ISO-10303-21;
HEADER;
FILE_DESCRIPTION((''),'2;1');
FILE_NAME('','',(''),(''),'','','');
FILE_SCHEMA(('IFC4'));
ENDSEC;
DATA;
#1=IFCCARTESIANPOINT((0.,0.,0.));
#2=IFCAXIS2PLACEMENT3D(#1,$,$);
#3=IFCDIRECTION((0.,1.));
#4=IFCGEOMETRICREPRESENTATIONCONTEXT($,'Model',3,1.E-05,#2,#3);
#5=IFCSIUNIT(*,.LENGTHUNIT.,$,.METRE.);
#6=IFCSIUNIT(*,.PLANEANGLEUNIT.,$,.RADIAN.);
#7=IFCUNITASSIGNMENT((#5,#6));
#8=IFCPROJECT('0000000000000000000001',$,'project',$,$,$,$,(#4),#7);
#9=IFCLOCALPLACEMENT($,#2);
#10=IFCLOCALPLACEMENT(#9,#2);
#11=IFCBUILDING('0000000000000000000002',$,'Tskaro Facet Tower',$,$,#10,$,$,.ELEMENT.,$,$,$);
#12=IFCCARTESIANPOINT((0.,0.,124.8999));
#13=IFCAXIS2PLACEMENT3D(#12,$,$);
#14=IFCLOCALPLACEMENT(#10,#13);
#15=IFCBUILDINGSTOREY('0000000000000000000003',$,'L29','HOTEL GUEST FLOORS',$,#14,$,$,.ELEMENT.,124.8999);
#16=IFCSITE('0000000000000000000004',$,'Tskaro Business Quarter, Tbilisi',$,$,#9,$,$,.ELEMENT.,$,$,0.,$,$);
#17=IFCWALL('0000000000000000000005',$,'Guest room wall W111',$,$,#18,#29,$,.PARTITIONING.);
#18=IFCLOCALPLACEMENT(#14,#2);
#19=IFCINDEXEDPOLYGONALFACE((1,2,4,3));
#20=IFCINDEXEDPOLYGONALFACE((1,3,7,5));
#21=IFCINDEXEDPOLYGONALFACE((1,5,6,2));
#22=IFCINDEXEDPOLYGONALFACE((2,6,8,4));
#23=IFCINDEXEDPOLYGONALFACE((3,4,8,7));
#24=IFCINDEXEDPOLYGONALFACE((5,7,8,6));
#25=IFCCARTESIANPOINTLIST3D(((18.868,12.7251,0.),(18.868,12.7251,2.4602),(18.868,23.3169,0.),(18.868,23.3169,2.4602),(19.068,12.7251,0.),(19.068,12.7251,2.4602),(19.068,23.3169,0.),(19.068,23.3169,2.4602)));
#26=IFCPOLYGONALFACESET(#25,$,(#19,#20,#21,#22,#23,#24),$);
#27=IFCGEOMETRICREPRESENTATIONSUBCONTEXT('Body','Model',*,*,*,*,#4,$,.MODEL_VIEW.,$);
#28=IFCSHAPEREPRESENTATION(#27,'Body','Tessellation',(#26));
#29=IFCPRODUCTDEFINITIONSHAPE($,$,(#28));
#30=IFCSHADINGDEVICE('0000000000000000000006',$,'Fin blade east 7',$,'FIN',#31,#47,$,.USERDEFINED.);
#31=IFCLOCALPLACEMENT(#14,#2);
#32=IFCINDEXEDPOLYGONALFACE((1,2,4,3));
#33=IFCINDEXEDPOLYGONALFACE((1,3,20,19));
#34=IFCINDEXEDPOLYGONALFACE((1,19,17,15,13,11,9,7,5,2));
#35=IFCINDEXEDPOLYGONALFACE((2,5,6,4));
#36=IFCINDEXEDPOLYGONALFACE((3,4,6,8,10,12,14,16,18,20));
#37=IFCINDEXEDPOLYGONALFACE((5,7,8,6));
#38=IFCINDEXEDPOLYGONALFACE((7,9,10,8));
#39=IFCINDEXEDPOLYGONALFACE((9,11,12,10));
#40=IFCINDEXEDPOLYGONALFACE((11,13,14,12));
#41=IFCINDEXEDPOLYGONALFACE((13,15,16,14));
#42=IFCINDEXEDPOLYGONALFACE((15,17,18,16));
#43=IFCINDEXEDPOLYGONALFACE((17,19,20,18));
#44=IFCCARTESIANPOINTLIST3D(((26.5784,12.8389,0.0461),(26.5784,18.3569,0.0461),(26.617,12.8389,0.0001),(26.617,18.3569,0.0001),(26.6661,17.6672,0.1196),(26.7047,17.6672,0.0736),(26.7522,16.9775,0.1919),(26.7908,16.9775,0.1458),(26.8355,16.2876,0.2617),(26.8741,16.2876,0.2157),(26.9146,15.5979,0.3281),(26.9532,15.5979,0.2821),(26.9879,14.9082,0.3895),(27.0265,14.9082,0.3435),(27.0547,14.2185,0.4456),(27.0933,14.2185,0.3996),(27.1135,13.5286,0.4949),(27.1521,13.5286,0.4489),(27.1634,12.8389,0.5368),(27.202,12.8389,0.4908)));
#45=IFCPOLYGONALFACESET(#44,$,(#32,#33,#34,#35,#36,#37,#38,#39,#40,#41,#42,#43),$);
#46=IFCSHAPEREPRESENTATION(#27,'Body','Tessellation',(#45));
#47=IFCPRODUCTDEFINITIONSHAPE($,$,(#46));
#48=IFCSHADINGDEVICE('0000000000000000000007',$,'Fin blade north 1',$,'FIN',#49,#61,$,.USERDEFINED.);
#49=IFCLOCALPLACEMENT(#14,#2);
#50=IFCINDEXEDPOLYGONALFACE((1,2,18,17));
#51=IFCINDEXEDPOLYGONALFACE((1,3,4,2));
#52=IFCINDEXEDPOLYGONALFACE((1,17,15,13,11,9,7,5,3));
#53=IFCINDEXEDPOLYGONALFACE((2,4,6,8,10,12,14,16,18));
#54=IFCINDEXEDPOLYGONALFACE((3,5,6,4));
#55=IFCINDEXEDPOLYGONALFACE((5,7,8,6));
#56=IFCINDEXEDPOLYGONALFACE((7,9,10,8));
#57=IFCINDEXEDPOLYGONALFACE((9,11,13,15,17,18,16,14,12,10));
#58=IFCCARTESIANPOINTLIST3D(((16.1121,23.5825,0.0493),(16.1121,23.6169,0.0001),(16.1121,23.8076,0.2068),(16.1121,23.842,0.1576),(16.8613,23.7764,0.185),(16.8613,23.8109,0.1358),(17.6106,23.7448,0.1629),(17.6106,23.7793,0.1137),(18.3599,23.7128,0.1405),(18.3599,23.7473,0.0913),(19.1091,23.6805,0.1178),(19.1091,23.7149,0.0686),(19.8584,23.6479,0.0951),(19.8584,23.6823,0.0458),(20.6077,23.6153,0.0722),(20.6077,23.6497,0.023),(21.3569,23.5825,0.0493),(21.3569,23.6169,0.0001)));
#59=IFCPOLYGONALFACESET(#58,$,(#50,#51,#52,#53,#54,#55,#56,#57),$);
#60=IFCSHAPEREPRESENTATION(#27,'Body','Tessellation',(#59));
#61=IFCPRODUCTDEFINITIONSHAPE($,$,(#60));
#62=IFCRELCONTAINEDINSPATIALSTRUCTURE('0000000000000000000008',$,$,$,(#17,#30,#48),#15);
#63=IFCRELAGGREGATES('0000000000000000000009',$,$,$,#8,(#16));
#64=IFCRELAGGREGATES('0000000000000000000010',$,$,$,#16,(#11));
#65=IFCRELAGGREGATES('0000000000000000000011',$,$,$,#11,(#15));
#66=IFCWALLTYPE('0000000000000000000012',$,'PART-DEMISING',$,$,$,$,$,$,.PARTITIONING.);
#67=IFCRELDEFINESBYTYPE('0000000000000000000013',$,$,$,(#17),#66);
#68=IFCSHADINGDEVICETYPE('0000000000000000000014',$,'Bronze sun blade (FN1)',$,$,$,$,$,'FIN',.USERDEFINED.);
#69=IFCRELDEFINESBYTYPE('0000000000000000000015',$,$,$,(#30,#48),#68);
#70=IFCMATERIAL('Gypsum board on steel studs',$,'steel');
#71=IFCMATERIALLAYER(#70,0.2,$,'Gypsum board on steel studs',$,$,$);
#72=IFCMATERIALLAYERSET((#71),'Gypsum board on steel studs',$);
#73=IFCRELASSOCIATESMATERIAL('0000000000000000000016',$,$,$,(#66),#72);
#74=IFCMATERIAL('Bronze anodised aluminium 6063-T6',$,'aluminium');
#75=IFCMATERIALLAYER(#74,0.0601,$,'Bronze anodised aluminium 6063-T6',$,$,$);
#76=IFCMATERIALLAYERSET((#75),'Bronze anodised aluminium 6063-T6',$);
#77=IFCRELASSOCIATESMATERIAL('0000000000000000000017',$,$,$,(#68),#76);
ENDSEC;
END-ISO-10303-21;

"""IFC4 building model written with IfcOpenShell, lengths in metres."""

from ifc_helpers import new_model, si_unit, direction, frame, frame_2d, origin, place, context, subcontext, project, spatial, polyline, rectangle, outline, extrude, material, layer, layer_set, type_object, element, save


model = new_model("IFC4")

# Units and contexts
model_context = context("Model", 3, precision=1e-05, world=origin(), true_north=direction((0.0, 1.0)))
body_context = subcontext(model_context, "Body", "Model", "MODEL_VIEW")
ifc_project = project(units=[si_unit("LENGTHUNIT", "METRE"), si_unit("PLANEANGLEUNIT", "RADIAN")], contexts=[model_context])

# Site, building, storey
site_placement = place(None, origin())
site = spatial("IfcSite", under=ifc_project, at=site_placement, Name="Tskaro Business Quarter, Tbilisi", CompositionType="ELEMENT", RefElevation=0.0)
building_placement = place(site_placement, origin())
building = spatial("IfcBuilding", under=site, at=building_placement, Name="Tskaro Facet Tower", CompositionType="ELEMENT")
storey_placement = place(building_placement, frame((0.0, 0.0, 124.8999)))
storey = spatial("IfcBuildingStorey", under=building, at=storey_placement, Name="L29", Description="HOTEL GUEST FLOORS", CompositionType="ELEMENT", Elevation=124.8999)

# Shared definitions
ifc_material_1 = material(Name="Bronze anodised aluminium 6063-T6", Category="aluminium")

# Shared definitions
ifc_material_2 = material(Name="Gypsum board on steel studs", Category="steel")

# Wall
ifc_layer_1 = layer(ifc_material_2, 0.2, Name="Gypsum board on steel studs")
ifc_layer_set_1 = layer_set([ifc_layer_1], Name="Gypsum board on steel studs")
wall_type_1 = type_object("IfcWallType", Name="PART-DEMISING", PredefinedType="PARTITIONING", material=ifc_layer_set_1)
wall_1_placement = place(storey_placement, frame((18.968, 12.7251, 0.0), z_axis=(0.0, 0.0, 1.0), x_axis=(0.0, 1.0, 0.0)))
element("IfcWall", 1, at=wall_1_placement, inside=storey, type_object=wall_type_1, Name="Guest room wall W111", PredefinedType="PARTITIONING", context=body_context, shape_type="SweptSolid", body=[
    extrude(rectangle(XDim=10.5918, YDim=0.2, at=frame_2d((5.2959, 0.0))), origin(), (0.0, 0.0, 1.0), 2.4602),
])

# Shading devices
ifc_layer_2 = layer(ifc_material_1, 0.0601, Name="Bronze anodised aluminium 6063-T6")
ifc_layer_set_2 = layer_set([ifc_layer_2], Name="Bronze anodised aluminium 6063-T6")
shading_device_type = type_object("IfcShadingDeviceType", Name="Bronze sun blade (FN1)", ElementType="FIN", PredefinedType="USERDEFINED", material=ifc_layer_set_2)
shading_device_1_placement = place(storey_placement, frame((26.5784, 12.8389, 0.0461), z_axis=(-0.642596, 0.000017, 0.766205), x_axis=(0.000011, 1.0, -0.000013)))
element("IfcShadingDevice", 2, at=shading_device_1_placement, inside=storey, type_object=shading_device_type, Name="Fin blade east 7", ObjectType="FIN", PredefinedType="USERDEFINED", context=body_context, shape_type="SweptSolid", body=[
    extrude(outline(polyline([(0.0, 0.0), (5.5181, 0.0), (4.8284, -0.1144), (4.1387, -0.2268), (3.4487, -0.3355), (2.759, -0.4388), (2.0693, -0.5344), (1.3796, -0.6216), (0.6897, -0.6984), (0.0, -0.7635), (0.0, 0.0)])), origin(), (0.0, 0.0, -1.0), 0.0601),
])
shading_device_2_placement = place(storey_placement, frame((21.3569, 23.5825, 0.0493), z_axis=(0.0, -0.573226, 0.819397), x_axis=(-1.0, 0.0, 0.0)))
element("IfcShadingDevice", 3, at=shading_device_2_placement, inside=storey, type_object=shading_device_type, Name="Fin blade north 1", ObjectType="FIN", PredefinedType="USERDEFINED", context=body_context, shape_type="SweptSolid", body=[
    extrude(outline(polyline([(0.0, 0.0), (5.2449, 0.0), (5.2449, -0.2747), (4.4956, -0.2366), (3.7463, -0.1981), (2.9971, -0.159), (2.2478, -0.1195), (1.4985, -0.0798), (0.7493, -0.04), (0.0, 0.0)])), origin(), (0.0, 0.0, -1.0), 0.0601),
])

save(model, "model.ifc")
